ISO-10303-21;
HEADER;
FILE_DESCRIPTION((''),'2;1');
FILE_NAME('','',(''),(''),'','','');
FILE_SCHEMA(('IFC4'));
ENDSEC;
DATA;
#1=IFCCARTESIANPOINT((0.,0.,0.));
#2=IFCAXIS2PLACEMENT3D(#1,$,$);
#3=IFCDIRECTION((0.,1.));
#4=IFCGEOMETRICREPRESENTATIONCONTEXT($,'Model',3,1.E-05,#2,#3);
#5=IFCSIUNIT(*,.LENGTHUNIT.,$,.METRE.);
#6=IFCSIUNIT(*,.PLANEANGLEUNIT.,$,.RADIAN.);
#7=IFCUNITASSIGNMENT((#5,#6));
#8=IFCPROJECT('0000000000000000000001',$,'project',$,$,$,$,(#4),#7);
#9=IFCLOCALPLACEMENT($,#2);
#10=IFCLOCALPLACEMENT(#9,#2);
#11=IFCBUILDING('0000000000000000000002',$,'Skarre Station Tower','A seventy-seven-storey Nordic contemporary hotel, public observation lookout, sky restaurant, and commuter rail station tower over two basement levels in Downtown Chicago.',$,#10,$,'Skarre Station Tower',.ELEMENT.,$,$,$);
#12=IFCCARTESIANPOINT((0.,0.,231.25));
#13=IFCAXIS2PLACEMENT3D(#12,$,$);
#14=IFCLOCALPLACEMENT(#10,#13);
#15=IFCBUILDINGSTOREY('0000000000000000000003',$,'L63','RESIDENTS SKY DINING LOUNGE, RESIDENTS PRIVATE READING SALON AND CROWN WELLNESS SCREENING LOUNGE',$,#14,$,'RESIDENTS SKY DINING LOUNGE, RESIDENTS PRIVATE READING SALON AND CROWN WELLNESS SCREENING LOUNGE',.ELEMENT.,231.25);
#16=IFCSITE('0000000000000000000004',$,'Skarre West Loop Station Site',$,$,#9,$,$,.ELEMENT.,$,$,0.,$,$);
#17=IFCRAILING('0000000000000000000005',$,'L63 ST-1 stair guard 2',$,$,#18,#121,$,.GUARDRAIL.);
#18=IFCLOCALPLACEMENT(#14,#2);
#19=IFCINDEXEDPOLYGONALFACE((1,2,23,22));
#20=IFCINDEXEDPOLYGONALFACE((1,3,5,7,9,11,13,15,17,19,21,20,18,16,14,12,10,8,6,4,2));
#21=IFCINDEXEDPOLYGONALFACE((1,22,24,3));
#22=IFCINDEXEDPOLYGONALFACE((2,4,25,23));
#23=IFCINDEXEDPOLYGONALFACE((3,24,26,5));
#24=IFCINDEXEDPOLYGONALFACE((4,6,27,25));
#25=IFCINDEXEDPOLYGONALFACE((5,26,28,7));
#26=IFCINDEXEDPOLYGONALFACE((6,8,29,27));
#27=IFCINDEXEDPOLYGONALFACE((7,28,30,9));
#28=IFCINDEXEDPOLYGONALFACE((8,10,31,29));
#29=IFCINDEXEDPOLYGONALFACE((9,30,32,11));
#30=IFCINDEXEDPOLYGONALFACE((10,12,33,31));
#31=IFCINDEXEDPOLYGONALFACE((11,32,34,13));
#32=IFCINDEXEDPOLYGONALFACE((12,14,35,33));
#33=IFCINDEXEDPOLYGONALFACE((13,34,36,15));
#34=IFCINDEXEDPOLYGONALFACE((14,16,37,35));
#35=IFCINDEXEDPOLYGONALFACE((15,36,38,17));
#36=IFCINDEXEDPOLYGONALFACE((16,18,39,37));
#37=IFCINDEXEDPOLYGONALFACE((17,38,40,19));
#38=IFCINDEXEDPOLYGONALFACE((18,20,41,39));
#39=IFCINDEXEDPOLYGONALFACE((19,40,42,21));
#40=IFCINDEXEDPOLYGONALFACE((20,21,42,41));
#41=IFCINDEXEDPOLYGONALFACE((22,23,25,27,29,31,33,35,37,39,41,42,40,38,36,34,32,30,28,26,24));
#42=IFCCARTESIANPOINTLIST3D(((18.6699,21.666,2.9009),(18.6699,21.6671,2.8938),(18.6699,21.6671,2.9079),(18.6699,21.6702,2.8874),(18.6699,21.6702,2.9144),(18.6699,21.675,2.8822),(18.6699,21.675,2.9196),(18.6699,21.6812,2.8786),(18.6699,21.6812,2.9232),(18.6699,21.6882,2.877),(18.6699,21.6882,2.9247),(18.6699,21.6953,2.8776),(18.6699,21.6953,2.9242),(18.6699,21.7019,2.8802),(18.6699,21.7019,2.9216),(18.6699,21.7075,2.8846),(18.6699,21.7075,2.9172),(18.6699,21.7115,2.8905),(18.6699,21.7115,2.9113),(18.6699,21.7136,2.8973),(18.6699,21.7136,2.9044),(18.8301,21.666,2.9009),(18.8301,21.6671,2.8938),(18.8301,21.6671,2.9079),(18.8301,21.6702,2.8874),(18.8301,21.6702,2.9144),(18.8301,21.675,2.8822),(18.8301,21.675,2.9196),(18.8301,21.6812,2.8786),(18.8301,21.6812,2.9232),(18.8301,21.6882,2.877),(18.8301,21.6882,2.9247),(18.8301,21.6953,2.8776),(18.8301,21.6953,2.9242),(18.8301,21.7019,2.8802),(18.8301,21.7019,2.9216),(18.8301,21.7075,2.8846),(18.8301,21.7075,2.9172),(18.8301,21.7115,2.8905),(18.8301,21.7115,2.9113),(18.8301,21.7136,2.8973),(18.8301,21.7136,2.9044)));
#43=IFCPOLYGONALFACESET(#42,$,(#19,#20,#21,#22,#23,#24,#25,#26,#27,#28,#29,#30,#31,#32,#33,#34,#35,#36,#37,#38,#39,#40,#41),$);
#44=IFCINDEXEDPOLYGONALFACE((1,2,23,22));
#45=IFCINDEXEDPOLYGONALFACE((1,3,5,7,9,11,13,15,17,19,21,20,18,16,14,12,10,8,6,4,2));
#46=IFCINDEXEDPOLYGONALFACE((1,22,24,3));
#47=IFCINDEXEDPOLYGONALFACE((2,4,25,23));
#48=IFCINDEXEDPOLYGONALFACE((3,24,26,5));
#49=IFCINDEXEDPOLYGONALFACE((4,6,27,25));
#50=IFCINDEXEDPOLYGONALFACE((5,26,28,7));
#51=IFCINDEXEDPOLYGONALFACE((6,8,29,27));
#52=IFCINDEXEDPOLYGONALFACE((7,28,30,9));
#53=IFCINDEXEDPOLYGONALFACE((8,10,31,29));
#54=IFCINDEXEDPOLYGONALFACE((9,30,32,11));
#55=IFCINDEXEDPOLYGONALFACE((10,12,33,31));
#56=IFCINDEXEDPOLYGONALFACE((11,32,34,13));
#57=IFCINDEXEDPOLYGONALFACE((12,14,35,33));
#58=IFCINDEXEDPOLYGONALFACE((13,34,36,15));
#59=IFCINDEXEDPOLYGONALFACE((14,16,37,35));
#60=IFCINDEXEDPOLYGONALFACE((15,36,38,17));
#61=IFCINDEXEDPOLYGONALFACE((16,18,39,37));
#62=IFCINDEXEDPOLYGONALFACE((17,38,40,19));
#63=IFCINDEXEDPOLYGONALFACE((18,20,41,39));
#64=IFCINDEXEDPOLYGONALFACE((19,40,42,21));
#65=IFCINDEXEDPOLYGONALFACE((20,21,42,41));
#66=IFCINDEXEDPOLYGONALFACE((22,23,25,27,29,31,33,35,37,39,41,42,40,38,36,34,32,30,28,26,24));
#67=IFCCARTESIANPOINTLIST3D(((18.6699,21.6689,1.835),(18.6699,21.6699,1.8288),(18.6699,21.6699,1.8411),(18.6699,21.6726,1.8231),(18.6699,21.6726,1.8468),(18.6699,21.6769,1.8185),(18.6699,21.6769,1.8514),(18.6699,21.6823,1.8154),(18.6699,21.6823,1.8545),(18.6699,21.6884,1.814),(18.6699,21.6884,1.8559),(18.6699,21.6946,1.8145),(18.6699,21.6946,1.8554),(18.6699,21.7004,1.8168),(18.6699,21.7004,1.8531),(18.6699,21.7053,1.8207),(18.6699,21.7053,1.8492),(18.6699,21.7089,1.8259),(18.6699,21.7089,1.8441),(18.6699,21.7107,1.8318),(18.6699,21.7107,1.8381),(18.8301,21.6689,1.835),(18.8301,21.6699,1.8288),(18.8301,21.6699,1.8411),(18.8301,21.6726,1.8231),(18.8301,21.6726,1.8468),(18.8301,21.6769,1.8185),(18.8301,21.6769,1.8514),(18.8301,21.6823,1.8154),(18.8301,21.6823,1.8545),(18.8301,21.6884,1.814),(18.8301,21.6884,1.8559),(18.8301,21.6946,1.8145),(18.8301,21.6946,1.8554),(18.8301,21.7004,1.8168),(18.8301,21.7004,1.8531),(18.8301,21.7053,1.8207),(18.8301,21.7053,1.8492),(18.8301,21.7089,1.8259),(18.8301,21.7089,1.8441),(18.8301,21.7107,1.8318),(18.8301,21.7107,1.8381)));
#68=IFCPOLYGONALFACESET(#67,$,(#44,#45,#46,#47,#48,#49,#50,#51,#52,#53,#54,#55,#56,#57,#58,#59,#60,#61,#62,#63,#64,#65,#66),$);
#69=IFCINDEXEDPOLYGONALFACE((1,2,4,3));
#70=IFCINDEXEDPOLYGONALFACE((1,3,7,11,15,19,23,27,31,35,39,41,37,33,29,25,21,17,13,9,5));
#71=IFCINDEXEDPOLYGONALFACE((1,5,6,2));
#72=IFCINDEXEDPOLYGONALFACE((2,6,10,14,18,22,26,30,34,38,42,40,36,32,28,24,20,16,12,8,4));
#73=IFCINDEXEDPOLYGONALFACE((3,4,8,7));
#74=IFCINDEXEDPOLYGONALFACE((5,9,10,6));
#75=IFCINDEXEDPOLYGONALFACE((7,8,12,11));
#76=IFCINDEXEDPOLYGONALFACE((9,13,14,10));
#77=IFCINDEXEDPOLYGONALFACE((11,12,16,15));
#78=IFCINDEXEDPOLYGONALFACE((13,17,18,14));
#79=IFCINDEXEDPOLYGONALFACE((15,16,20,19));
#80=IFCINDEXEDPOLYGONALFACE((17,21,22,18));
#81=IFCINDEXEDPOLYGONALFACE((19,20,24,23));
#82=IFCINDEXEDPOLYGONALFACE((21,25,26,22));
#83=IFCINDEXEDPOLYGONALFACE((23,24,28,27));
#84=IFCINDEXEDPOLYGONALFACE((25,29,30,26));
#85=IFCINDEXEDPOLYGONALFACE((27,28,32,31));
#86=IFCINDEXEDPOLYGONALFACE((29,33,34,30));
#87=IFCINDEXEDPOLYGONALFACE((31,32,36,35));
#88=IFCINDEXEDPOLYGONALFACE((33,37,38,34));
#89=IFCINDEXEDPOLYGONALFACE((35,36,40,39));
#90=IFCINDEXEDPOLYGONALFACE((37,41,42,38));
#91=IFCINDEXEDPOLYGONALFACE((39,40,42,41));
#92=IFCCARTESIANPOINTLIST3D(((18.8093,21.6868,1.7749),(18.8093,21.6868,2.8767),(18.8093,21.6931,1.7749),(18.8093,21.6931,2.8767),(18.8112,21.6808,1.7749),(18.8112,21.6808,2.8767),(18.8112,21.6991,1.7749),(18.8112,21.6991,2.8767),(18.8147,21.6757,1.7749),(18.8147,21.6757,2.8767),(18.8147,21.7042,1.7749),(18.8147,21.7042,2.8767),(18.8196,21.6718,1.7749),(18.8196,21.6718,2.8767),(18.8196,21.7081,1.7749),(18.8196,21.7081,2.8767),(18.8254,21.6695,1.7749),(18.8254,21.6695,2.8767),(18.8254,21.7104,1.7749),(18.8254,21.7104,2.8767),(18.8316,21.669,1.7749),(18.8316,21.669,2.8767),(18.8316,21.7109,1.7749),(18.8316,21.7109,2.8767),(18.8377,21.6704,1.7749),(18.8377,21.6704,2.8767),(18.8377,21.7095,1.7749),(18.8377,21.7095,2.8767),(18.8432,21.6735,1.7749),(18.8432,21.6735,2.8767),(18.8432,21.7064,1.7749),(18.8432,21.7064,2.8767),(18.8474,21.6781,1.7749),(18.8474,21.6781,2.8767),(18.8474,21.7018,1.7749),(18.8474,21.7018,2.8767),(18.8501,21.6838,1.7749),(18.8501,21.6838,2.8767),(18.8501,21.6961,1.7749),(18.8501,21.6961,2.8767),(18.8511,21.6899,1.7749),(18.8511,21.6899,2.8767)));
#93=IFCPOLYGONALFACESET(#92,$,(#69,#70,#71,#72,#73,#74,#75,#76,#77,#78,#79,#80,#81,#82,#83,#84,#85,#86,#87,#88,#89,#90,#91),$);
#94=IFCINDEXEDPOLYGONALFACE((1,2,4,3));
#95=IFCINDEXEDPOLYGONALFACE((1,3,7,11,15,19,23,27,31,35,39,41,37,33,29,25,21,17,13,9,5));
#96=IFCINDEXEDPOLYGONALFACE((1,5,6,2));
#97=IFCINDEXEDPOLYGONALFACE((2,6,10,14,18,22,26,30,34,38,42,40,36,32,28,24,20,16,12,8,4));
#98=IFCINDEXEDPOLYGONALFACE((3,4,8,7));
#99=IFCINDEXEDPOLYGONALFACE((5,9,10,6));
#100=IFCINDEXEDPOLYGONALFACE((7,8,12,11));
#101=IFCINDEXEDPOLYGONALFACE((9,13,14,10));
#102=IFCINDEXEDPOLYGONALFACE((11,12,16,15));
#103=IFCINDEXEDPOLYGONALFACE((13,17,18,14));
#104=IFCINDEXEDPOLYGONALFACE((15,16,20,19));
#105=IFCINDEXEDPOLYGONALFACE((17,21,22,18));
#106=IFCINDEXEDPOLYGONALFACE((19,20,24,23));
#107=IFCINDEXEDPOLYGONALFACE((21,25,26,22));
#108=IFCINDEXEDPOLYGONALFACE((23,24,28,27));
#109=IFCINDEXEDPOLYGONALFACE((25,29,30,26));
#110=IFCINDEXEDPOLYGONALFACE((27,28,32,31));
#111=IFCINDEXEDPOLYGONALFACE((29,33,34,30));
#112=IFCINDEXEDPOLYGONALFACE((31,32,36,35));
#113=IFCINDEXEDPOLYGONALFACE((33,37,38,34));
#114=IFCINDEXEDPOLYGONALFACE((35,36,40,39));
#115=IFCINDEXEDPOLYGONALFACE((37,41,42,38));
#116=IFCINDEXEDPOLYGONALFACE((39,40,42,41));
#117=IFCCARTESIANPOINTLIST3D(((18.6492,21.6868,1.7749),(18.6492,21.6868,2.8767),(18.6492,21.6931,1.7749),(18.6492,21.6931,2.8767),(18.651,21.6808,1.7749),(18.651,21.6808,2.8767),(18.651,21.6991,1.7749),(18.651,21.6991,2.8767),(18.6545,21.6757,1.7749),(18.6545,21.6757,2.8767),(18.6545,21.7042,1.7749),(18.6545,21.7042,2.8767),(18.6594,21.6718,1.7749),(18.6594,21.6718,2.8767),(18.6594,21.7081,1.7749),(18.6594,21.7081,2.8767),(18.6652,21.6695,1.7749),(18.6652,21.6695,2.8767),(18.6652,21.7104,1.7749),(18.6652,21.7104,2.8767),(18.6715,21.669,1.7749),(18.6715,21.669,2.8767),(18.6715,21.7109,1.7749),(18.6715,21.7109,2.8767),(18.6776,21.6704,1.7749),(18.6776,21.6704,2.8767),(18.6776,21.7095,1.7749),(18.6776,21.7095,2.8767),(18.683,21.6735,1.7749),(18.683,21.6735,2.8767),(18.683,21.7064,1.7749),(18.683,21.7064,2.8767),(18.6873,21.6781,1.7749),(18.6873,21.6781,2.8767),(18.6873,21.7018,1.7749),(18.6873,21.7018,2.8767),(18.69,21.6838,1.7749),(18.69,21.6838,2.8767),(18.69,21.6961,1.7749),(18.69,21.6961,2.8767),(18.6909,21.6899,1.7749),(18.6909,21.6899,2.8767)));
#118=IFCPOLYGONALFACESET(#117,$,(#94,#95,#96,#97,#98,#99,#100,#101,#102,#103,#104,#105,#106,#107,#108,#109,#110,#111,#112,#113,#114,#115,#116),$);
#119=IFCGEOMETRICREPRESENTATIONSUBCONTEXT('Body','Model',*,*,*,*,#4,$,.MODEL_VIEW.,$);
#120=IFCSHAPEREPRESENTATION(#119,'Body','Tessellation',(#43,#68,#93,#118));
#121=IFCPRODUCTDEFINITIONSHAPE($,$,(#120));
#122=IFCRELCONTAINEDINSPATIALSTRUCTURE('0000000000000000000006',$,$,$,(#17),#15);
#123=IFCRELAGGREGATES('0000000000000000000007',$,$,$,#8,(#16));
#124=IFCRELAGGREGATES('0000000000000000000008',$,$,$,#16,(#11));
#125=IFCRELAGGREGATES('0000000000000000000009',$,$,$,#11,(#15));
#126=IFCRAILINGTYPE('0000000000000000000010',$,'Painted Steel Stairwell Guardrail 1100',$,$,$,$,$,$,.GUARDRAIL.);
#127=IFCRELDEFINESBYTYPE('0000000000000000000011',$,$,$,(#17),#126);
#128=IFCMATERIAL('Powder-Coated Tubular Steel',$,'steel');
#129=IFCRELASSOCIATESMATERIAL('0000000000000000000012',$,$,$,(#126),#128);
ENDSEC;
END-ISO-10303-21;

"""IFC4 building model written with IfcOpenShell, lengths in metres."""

from ifc_helpers import new_model, si_unit, direction, frame, origin, origin_2d, place, context, subcontext, project, spatial, circle, extrude, material, type_object, element, save


model = new_model("IFC4")

# Units and contexts
model_context = context("Model", 3, precision=1e-05, world=origin(), true_north=direction((0.0, 1.0)))
body_context = subcontext(model_context, "Body", "Model", "MODEL_VIEW")
ifc_project = project(units=[si_unit("LENGTHUNIT", "METRE"), si_unit("PLANEANGLEUNIT", "RADIAN")], contexts=[model_context])

# Site, building, storey
site_placement = place(None, origin())
site = spatial("IfcSite", under=ifc_project, at=site_placement, Name="Skarre West Loop Station Site", CompositionType="ELEMENT", RefElevation=0.0)
building_placement = place(site_placement, origin())
building = spatial("IfcBuilding", under=site, at=building_placement, Name="Skarre Station Tower", Description="A seventy-seven-storey Nordic contemporary hotel, public observation lookout, sky restaurant, and commuter rail station tower over two basement levels in Downtown Chicago.", LongName="Skarre Station Tower", CompositionType="ELEMENT")
storey_placement = place(building_placement, frame((0.0, 0.0, 231.25)))
storey = spatial("IfcBuildingStorey", under=building, at=storey_placement, Name="L63", Description="RESIDENTS SKY DINING LOUNGE, RESIDENTS PRIVATE READING SALON AND CROWN WELLNESS SCREENING LOUNGE", LongName="RESIDENTS SKY DINING LOUNGE, RESIDENTS PRIVATE READING SALON AND CROWN WELLNESS SCREENING LOUNGE", CompositionType="ELEMENT", Elevation=231.25)

# Railing
ifc_material_1 = material(Name="Powder-Coated Tubular Steel", Category="steel")
railing_type = type_object("IfcRailingType", Name="Painted Steel Stairwell Guardrail 1100", PredefinedType="GUARDRAIL", material=ifc_material_1)
railing_1_placement = place(storey_placement, frame((18.8301, 21.6899, 1.7749)))
element("IfcRailing", 1, at=railing_1_placement, inside=storey, type_object=railing_type, Name="L63 ST-1 stair guard 2", PredefinedType="GUARDRAIL", context=body_context, shape_type="SweptSolid", body=[
    extrude(circle(Radius=0.0239, at=origin_2d()), frame((0.0, 0.0, 1.126), z_axis=(-1.0, 0.0, 0.0), x_axis=(0.0, -1.0, 0.0)), (0.0, 0.0, 1.0), 0.1602),
    extrude(circle(Radius=0.021, at=origin_2d()), frame((0.0, 0.0, 0.0601), z_axis=(-1.0, 0.0, 0.0), x_axis=(0.0, -1.0, 0.0)), (0.0, 0.0, 1.0), 0.1602),
    extrude(circle(Radius=0.021, at=origin_2d()), origin(), (0.0, 0.0, 1.0), 1.1018),
    extrude(circle(Radius=0.021, at=origin_2d()), frame((-0.1602, 0.0, 0.0)), (0.0, 0.0, 1.0), 1.1018),
])

save(model, "model.ifc")
